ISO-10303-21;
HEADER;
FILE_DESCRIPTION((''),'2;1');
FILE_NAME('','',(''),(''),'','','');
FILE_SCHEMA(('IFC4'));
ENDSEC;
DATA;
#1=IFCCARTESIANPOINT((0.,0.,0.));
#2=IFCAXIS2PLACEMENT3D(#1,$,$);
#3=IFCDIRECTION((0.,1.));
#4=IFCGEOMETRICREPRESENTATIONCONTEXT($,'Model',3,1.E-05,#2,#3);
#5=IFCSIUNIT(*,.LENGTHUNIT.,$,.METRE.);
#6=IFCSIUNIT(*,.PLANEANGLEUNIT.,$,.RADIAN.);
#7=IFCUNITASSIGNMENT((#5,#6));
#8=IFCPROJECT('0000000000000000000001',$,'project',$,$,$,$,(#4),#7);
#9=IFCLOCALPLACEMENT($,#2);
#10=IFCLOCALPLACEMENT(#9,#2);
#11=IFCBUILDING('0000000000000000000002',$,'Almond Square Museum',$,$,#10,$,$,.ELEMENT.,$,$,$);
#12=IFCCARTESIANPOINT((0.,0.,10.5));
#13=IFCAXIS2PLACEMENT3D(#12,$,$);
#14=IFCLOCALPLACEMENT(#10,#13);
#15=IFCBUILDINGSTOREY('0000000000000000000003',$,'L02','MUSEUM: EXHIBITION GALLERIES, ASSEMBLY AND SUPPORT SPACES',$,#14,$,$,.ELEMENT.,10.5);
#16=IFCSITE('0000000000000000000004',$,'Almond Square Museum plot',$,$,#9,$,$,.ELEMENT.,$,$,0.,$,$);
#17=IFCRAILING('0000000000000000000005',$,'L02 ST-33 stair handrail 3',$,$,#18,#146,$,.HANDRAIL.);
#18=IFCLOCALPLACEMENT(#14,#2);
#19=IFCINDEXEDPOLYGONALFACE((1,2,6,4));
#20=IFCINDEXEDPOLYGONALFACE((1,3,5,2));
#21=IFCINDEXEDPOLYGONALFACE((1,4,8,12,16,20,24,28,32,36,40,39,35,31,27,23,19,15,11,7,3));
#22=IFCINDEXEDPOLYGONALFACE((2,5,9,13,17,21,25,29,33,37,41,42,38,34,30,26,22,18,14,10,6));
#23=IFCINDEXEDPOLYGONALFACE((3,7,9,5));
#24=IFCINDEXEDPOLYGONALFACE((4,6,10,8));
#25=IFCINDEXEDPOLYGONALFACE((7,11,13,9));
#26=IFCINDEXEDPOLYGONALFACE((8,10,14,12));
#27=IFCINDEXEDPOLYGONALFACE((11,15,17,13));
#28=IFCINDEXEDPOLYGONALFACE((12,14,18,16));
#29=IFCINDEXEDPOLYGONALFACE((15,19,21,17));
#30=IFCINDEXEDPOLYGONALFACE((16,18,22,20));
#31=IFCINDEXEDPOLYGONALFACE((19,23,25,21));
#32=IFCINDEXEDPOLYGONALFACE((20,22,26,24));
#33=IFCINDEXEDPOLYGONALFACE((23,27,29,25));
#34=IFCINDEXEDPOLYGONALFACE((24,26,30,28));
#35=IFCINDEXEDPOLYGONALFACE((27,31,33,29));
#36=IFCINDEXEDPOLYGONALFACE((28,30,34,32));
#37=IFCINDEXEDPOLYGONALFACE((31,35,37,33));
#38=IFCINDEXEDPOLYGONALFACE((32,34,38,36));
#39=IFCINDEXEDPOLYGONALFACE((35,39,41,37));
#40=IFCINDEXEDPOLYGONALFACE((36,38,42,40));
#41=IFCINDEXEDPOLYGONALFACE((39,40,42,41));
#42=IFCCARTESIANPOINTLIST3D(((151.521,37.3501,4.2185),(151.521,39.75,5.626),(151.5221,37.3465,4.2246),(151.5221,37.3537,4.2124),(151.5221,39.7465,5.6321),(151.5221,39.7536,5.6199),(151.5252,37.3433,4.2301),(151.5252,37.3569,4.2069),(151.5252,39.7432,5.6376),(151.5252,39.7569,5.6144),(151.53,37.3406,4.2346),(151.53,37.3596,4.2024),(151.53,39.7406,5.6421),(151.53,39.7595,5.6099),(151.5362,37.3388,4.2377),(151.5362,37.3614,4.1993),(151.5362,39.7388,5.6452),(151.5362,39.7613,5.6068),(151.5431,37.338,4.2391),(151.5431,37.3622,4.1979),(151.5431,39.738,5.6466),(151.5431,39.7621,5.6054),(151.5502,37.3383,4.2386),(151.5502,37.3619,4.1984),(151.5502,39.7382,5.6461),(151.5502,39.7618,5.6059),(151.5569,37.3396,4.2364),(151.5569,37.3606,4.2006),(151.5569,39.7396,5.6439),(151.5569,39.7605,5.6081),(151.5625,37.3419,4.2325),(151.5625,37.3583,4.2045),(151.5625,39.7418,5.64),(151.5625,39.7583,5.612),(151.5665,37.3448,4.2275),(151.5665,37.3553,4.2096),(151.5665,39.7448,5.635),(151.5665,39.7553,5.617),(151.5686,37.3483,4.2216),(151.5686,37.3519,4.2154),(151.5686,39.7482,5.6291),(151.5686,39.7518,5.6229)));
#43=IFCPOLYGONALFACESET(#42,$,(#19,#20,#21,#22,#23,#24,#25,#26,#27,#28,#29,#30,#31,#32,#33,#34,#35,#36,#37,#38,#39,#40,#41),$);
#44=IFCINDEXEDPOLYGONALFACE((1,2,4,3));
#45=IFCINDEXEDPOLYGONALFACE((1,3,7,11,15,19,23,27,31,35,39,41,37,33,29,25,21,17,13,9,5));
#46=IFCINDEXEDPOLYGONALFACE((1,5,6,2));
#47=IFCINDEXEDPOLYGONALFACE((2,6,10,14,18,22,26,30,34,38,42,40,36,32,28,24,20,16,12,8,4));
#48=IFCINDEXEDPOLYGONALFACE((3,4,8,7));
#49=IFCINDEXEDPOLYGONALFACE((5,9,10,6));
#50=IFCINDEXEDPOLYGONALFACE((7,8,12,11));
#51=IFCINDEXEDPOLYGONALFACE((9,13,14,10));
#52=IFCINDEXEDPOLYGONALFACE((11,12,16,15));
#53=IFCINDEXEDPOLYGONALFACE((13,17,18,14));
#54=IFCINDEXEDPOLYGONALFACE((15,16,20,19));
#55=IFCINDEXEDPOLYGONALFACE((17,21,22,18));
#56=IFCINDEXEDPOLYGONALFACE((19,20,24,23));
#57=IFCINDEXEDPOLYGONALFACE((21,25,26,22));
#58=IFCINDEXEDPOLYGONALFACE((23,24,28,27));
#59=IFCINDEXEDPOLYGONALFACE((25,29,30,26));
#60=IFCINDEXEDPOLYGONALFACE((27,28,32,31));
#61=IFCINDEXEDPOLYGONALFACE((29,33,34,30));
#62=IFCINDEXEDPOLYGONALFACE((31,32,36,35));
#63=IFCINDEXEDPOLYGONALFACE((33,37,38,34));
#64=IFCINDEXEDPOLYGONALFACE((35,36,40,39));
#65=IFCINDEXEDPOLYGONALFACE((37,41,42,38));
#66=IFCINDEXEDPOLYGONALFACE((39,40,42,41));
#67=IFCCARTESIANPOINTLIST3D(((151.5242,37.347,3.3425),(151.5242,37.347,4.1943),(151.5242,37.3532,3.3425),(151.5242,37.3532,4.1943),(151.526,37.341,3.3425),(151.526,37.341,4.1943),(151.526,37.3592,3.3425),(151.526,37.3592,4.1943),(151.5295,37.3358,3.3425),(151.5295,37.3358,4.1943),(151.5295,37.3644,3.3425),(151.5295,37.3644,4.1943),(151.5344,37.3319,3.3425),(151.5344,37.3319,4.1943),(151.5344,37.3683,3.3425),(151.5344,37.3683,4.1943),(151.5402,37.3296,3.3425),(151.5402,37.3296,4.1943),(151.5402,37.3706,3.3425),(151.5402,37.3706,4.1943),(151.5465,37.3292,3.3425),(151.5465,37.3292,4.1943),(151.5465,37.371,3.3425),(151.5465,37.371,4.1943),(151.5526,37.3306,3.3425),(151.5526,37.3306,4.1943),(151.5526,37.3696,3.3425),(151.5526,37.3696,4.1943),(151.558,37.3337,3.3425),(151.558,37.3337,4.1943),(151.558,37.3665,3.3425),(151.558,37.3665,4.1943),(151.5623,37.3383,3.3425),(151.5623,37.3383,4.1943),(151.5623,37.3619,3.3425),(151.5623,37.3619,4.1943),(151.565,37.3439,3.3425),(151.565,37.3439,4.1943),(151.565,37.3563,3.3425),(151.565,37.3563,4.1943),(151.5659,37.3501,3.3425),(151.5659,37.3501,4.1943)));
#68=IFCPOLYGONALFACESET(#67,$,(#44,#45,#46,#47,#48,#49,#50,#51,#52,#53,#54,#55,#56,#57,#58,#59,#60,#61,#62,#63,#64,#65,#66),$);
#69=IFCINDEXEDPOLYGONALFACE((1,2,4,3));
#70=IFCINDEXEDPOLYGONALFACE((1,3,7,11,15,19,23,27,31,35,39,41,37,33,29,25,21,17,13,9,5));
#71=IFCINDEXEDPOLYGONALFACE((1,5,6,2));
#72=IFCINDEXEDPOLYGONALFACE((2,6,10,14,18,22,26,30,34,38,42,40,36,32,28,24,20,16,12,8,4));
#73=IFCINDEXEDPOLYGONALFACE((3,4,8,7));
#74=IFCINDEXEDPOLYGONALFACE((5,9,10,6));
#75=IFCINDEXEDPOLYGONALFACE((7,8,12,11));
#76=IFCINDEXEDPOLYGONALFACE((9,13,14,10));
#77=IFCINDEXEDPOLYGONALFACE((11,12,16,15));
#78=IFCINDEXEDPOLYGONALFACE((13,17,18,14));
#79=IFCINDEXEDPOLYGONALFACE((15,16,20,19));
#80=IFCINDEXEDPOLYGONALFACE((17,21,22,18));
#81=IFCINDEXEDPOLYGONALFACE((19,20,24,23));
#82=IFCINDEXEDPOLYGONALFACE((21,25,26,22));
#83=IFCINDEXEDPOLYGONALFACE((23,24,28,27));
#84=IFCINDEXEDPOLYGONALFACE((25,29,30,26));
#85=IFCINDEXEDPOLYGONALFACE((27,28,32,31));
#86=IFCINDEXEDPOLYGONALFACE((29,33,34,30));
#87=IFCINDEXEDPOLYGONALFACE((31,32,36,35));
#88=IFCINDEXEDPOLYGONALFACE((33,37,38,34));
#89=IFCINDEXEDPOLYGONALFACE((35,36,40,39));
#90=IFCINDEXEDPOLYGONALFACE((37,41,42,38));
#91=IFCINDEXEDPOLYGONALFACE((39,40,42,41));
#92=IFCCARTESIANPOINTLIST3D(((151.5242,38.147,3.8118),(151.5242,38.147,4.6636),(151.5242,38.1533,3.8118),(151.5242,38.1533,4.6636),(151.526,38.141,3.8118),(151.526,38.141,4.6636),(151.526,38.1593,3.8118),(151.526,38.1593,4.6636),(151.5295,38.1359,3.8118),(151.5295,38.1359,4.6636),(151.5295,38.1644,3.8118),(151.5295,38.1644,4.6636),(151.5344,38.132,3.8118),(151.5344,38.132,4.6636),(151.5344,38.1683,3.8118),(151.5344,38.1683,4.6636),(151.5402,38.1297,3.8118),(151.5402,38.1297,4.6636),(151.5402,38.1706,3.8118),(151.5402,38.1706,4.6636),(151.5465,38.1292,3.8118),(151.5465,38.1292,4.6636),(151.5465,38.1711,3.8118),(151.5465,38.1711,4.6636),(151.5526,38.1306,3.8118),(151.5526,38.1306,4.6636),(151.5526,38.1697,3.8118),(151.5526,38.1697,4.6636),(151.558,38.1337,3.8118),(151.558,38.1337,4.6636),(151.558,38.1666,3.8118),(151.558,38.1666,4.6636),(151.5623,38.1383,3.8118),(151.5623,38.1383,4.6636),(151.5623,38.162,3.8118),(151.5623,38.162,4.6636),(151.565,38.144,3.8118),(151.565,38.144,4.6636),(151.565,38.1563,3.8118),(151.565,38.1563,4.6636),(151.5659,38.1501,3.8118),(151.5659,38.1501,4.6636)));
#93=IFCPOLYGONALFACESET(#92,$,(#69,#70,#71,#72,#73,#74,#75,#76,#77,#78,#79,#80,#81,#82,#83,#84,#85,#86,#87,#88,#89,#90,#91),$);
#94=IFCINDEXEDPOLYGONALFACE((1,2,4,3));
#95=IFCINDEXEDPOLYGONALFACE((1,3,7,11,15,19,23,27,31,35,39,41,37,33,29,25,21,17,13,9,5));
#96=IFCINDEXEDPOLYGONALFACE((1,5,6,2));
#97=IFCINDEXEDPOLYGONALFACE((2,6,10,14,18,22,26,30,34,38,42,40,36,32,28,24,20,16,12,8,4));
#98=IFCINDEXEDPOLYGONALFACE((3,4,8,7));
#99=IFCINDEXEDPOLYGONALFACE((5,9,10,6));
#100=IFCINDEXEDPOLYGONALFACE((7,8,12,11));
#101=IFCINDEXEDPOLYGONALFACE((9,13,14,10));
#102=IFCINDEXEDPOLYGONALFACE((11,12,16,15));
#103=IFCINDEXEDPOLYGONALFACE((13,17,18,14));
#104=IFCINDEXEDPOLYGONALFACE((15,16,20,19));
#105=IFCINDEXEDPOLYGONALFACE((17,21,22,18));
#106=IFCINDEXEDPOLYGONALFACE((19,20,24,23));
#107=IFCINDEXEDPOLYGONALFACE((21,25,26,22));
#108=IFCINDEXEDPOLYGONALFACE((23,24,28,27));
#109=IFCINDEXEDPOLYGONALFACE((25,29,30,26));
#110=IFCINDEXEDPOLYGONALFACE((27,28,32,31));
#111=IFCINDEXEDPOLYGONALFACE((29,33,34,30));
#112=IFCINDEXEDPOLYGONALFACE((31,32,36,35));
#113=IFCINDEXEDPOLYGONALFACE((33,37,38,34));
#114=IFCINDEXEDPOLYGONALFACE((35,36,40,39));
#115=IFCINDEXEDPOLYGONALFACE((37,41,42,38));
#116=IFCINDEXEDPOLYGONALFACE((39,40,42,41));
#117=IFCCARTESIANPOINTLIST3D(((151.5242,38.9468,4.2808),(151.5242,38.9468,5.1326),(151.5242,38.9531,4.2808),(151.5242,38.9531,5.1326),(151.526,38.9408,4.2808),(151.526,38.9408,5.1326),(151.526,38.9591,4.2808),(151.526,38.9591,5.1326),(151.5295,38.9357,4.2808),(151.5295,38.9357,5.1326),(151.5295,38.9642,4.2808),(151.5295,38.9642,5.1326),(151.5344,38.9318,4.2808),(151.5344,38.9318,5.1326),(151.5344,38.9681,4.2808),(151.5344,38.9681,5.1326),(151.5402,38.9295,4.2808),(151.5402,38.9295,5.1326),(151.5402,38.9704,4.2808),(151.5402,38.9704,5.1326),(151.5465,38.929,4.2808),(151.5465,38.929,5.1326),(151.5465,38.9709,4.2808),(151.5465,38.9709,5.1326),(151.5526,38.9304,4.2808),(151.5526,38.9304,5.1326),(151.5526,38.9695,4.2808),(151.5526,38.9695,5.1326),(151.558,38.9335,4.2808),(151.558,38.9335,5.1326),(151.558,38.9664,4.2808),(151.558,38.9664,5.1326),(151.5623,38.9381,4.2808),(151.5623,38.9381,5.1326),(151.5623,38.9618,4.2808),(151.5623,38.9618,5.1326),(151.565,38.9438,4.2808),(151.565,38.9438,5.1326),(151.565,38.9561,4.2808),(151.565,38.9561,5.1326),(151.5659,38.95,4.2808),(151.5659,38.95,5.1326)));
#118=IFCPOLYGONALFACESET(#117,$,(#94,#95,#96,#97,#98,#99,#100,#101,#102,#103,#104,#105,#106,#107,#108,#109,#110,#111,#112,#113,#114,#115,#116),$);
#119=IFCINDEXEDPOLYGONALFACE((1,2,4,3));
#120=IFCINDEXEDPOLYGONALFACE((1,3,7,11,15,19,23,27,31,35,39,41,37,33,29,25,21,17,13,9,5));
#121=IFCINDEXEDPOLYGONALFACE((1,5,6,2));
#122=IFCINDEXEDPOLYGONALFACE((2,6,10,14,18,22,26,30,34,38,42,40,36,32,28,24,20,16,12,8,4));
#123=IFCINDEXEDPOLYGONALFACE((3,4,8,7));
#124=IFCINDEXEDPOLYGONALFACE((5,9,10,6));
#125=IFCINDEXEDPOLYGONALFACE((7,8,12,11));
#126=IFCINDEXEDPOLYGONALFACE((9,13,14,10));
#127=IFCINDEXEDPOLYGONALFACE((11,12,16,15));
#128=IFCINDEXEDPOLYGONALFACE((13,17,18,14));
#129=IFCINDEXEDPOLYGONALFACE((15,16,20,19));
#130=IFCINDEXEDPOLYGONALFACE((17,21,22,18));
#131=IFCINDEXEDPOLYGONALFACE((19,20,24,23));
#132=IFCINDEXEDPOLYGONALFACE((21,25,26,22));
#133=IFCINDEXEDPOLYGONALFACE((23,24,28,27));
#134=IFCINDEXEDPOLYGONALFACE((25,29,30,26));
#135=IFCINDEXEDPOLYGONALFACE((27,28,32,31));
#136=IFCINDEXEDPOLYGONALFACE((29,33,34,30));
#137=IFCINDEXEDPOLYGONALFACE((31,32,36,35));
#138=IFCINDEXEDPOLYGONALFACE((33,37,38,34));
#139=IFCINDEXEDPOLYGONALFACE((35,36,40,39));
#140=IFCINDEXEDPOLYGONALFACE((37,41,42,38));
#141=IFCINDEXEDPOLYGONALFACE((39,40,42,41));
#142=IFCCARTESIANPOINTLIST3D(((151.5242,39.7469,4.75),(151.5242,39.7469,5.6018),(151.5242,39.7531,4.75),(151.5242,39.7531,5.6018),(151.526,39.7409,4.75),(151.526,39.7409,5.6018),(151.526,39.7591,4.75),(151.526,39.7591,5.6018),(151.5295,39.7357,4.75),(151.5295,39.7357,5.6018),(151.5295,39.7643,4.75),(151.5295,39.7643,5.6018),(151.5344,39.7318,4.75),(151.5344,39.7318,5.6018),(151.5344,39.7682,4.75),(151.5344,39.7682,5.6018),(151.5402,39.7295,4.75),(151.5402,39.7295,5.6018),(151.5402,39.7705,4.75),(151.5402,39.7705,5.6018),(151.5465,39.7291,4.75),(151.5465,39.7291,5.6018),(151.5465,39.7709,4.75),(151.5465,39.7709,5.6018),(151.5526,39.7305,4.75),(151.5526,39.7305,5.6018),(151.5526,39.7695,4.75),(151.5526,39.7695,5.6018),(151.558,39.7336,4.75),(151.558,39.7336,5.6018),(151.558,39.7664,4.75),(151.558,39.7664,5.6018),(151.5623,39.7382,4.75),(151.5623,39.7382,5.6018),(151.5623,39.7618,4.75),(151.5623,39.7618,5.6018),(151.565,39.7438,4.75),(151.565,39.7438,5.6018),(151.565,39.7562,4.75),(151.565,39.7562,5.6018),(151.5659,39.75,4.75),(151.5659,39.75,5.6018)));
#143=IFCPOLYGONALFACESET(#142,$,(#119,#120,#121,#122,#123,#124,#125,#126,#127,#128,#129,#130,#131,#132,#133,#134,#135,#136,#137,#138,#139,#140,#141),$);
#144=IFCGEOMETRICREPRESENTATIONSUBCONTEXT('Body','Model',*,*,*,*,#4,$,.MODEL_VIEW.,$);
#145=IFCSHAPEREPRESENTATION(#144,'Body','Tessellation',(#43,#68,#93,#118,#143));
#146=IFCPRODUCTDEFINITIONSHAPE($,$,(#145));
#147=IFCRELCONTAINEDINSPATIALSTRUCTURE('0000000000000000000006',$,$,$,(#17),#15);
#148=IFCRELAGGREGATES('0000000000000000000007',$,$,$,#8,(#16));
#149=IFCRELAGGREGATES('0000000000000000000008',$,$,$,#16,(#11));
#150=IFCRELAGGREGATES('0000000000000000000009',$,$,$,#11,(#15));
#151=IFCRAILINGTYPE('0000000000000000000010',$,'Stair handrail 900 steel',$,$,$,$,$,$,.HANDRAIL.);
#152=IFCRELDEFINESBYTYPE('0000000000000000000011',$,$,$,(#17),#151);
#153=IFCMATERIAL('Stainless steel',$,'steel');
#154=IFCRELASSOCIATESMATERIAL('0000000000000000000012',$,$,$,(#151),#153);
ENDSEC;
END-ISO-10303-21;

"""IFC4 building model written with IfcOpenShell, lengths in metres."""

from ifc_helpers import new_model, si_unit, direction, frame, origin, origin_2d, place, context, subcontext, project, spatial, circle, extrude, material, type_object, element, save


model = new_model("IFC4")

# Units and contexts
model_context = context("Model", 3, precision=1e-05, world=origin(), true_north=direction((0.0, 1.0)))
body_context = subcontext(model_context, "Body", "Model", "MODEL_VIEW")
ifc_project = project(units=[si_unit("LENGTHUNIT", "METRE"), si_unit("PLANEANGLEUNIT", "RADIAN")], contexts=[model_context])

# Site, building, storey
site_placement = place(None, origin())
site = spatial("IfcSite", under=ifc_project, at=site_placement, Name="Almond Square Museum plot", CompositionType="ELEMENT", RefElevation=0.0)
building_placement = place(site_placement, origin())
building = spatial("IfcBuilding", under=site, at=building_placement, Name="Almond Square Museum", CompositionType="ELEMENT")
storey_placement = place(building_placement, frame((0.0, 0.0, 10.5)))
storey = spatial("IfcBuildingStorey", under=building, at=storey_placement, Name="L02", Description="MUSEUM: EXHIBITION GALLERIES, ASSEMBLY AND SUPPORT SPACES", CompositionType="ELEMENT", Elevation=10.5)

# Railing
ifc_material_1 = material(Name="Stainless steel", Category="steel")
railing_type_1 = type_object("IfcRailingType", Name="Stair handrail 900 steel", PredefinedType="HANDRAIL", material=ifc_material_1)
for number, where, name in (
    (1, (151.5449, 37.3501, 3.3425), "L02 ST-33 stair handrail 3"),
):
    element("IfcRailing", number, at=place(storey_placement, frame(where)), inside=storey, type_object=railing_type_1, Name=name, PredefinedType="HANDRAIL", context=body_context, shape_type="SweptSolid", body=[
        extrude(circle(Radius=0.0239, at=origin_2d()), frame((0.0, 0.0, 0.876), z_axis=(0.0, 0.862599, 0.505888), x_axis=(-1.0, 0.0, 0.0)), (0.0, 0.0, 1.0), 2.7822),
        extrude(circle(Radius=0.021, at=origin_2d()), origin(), (0.0, 0.0, 1.0), 0.8518),
        extrude(circle(Radius=0.021, at=origin_2d()), frame((0.0, 0.8, 0.4692)), (0.0, 0.0, 1.0), 0.8518),
        extrude(circle(Radius=0.021, at=origin_2d()), frame((0.0, 1.5999, 0.9382)), (0.0, 0.0, 1.0), 0.8518),
        extrude(circle(Radius=0.021, at=origin_2d()), frame((0.0, 2.3999, 1.4075)), (0.0, 0.0, 1.0), 0.8518),
    ])

save(model, "model.ifc")
